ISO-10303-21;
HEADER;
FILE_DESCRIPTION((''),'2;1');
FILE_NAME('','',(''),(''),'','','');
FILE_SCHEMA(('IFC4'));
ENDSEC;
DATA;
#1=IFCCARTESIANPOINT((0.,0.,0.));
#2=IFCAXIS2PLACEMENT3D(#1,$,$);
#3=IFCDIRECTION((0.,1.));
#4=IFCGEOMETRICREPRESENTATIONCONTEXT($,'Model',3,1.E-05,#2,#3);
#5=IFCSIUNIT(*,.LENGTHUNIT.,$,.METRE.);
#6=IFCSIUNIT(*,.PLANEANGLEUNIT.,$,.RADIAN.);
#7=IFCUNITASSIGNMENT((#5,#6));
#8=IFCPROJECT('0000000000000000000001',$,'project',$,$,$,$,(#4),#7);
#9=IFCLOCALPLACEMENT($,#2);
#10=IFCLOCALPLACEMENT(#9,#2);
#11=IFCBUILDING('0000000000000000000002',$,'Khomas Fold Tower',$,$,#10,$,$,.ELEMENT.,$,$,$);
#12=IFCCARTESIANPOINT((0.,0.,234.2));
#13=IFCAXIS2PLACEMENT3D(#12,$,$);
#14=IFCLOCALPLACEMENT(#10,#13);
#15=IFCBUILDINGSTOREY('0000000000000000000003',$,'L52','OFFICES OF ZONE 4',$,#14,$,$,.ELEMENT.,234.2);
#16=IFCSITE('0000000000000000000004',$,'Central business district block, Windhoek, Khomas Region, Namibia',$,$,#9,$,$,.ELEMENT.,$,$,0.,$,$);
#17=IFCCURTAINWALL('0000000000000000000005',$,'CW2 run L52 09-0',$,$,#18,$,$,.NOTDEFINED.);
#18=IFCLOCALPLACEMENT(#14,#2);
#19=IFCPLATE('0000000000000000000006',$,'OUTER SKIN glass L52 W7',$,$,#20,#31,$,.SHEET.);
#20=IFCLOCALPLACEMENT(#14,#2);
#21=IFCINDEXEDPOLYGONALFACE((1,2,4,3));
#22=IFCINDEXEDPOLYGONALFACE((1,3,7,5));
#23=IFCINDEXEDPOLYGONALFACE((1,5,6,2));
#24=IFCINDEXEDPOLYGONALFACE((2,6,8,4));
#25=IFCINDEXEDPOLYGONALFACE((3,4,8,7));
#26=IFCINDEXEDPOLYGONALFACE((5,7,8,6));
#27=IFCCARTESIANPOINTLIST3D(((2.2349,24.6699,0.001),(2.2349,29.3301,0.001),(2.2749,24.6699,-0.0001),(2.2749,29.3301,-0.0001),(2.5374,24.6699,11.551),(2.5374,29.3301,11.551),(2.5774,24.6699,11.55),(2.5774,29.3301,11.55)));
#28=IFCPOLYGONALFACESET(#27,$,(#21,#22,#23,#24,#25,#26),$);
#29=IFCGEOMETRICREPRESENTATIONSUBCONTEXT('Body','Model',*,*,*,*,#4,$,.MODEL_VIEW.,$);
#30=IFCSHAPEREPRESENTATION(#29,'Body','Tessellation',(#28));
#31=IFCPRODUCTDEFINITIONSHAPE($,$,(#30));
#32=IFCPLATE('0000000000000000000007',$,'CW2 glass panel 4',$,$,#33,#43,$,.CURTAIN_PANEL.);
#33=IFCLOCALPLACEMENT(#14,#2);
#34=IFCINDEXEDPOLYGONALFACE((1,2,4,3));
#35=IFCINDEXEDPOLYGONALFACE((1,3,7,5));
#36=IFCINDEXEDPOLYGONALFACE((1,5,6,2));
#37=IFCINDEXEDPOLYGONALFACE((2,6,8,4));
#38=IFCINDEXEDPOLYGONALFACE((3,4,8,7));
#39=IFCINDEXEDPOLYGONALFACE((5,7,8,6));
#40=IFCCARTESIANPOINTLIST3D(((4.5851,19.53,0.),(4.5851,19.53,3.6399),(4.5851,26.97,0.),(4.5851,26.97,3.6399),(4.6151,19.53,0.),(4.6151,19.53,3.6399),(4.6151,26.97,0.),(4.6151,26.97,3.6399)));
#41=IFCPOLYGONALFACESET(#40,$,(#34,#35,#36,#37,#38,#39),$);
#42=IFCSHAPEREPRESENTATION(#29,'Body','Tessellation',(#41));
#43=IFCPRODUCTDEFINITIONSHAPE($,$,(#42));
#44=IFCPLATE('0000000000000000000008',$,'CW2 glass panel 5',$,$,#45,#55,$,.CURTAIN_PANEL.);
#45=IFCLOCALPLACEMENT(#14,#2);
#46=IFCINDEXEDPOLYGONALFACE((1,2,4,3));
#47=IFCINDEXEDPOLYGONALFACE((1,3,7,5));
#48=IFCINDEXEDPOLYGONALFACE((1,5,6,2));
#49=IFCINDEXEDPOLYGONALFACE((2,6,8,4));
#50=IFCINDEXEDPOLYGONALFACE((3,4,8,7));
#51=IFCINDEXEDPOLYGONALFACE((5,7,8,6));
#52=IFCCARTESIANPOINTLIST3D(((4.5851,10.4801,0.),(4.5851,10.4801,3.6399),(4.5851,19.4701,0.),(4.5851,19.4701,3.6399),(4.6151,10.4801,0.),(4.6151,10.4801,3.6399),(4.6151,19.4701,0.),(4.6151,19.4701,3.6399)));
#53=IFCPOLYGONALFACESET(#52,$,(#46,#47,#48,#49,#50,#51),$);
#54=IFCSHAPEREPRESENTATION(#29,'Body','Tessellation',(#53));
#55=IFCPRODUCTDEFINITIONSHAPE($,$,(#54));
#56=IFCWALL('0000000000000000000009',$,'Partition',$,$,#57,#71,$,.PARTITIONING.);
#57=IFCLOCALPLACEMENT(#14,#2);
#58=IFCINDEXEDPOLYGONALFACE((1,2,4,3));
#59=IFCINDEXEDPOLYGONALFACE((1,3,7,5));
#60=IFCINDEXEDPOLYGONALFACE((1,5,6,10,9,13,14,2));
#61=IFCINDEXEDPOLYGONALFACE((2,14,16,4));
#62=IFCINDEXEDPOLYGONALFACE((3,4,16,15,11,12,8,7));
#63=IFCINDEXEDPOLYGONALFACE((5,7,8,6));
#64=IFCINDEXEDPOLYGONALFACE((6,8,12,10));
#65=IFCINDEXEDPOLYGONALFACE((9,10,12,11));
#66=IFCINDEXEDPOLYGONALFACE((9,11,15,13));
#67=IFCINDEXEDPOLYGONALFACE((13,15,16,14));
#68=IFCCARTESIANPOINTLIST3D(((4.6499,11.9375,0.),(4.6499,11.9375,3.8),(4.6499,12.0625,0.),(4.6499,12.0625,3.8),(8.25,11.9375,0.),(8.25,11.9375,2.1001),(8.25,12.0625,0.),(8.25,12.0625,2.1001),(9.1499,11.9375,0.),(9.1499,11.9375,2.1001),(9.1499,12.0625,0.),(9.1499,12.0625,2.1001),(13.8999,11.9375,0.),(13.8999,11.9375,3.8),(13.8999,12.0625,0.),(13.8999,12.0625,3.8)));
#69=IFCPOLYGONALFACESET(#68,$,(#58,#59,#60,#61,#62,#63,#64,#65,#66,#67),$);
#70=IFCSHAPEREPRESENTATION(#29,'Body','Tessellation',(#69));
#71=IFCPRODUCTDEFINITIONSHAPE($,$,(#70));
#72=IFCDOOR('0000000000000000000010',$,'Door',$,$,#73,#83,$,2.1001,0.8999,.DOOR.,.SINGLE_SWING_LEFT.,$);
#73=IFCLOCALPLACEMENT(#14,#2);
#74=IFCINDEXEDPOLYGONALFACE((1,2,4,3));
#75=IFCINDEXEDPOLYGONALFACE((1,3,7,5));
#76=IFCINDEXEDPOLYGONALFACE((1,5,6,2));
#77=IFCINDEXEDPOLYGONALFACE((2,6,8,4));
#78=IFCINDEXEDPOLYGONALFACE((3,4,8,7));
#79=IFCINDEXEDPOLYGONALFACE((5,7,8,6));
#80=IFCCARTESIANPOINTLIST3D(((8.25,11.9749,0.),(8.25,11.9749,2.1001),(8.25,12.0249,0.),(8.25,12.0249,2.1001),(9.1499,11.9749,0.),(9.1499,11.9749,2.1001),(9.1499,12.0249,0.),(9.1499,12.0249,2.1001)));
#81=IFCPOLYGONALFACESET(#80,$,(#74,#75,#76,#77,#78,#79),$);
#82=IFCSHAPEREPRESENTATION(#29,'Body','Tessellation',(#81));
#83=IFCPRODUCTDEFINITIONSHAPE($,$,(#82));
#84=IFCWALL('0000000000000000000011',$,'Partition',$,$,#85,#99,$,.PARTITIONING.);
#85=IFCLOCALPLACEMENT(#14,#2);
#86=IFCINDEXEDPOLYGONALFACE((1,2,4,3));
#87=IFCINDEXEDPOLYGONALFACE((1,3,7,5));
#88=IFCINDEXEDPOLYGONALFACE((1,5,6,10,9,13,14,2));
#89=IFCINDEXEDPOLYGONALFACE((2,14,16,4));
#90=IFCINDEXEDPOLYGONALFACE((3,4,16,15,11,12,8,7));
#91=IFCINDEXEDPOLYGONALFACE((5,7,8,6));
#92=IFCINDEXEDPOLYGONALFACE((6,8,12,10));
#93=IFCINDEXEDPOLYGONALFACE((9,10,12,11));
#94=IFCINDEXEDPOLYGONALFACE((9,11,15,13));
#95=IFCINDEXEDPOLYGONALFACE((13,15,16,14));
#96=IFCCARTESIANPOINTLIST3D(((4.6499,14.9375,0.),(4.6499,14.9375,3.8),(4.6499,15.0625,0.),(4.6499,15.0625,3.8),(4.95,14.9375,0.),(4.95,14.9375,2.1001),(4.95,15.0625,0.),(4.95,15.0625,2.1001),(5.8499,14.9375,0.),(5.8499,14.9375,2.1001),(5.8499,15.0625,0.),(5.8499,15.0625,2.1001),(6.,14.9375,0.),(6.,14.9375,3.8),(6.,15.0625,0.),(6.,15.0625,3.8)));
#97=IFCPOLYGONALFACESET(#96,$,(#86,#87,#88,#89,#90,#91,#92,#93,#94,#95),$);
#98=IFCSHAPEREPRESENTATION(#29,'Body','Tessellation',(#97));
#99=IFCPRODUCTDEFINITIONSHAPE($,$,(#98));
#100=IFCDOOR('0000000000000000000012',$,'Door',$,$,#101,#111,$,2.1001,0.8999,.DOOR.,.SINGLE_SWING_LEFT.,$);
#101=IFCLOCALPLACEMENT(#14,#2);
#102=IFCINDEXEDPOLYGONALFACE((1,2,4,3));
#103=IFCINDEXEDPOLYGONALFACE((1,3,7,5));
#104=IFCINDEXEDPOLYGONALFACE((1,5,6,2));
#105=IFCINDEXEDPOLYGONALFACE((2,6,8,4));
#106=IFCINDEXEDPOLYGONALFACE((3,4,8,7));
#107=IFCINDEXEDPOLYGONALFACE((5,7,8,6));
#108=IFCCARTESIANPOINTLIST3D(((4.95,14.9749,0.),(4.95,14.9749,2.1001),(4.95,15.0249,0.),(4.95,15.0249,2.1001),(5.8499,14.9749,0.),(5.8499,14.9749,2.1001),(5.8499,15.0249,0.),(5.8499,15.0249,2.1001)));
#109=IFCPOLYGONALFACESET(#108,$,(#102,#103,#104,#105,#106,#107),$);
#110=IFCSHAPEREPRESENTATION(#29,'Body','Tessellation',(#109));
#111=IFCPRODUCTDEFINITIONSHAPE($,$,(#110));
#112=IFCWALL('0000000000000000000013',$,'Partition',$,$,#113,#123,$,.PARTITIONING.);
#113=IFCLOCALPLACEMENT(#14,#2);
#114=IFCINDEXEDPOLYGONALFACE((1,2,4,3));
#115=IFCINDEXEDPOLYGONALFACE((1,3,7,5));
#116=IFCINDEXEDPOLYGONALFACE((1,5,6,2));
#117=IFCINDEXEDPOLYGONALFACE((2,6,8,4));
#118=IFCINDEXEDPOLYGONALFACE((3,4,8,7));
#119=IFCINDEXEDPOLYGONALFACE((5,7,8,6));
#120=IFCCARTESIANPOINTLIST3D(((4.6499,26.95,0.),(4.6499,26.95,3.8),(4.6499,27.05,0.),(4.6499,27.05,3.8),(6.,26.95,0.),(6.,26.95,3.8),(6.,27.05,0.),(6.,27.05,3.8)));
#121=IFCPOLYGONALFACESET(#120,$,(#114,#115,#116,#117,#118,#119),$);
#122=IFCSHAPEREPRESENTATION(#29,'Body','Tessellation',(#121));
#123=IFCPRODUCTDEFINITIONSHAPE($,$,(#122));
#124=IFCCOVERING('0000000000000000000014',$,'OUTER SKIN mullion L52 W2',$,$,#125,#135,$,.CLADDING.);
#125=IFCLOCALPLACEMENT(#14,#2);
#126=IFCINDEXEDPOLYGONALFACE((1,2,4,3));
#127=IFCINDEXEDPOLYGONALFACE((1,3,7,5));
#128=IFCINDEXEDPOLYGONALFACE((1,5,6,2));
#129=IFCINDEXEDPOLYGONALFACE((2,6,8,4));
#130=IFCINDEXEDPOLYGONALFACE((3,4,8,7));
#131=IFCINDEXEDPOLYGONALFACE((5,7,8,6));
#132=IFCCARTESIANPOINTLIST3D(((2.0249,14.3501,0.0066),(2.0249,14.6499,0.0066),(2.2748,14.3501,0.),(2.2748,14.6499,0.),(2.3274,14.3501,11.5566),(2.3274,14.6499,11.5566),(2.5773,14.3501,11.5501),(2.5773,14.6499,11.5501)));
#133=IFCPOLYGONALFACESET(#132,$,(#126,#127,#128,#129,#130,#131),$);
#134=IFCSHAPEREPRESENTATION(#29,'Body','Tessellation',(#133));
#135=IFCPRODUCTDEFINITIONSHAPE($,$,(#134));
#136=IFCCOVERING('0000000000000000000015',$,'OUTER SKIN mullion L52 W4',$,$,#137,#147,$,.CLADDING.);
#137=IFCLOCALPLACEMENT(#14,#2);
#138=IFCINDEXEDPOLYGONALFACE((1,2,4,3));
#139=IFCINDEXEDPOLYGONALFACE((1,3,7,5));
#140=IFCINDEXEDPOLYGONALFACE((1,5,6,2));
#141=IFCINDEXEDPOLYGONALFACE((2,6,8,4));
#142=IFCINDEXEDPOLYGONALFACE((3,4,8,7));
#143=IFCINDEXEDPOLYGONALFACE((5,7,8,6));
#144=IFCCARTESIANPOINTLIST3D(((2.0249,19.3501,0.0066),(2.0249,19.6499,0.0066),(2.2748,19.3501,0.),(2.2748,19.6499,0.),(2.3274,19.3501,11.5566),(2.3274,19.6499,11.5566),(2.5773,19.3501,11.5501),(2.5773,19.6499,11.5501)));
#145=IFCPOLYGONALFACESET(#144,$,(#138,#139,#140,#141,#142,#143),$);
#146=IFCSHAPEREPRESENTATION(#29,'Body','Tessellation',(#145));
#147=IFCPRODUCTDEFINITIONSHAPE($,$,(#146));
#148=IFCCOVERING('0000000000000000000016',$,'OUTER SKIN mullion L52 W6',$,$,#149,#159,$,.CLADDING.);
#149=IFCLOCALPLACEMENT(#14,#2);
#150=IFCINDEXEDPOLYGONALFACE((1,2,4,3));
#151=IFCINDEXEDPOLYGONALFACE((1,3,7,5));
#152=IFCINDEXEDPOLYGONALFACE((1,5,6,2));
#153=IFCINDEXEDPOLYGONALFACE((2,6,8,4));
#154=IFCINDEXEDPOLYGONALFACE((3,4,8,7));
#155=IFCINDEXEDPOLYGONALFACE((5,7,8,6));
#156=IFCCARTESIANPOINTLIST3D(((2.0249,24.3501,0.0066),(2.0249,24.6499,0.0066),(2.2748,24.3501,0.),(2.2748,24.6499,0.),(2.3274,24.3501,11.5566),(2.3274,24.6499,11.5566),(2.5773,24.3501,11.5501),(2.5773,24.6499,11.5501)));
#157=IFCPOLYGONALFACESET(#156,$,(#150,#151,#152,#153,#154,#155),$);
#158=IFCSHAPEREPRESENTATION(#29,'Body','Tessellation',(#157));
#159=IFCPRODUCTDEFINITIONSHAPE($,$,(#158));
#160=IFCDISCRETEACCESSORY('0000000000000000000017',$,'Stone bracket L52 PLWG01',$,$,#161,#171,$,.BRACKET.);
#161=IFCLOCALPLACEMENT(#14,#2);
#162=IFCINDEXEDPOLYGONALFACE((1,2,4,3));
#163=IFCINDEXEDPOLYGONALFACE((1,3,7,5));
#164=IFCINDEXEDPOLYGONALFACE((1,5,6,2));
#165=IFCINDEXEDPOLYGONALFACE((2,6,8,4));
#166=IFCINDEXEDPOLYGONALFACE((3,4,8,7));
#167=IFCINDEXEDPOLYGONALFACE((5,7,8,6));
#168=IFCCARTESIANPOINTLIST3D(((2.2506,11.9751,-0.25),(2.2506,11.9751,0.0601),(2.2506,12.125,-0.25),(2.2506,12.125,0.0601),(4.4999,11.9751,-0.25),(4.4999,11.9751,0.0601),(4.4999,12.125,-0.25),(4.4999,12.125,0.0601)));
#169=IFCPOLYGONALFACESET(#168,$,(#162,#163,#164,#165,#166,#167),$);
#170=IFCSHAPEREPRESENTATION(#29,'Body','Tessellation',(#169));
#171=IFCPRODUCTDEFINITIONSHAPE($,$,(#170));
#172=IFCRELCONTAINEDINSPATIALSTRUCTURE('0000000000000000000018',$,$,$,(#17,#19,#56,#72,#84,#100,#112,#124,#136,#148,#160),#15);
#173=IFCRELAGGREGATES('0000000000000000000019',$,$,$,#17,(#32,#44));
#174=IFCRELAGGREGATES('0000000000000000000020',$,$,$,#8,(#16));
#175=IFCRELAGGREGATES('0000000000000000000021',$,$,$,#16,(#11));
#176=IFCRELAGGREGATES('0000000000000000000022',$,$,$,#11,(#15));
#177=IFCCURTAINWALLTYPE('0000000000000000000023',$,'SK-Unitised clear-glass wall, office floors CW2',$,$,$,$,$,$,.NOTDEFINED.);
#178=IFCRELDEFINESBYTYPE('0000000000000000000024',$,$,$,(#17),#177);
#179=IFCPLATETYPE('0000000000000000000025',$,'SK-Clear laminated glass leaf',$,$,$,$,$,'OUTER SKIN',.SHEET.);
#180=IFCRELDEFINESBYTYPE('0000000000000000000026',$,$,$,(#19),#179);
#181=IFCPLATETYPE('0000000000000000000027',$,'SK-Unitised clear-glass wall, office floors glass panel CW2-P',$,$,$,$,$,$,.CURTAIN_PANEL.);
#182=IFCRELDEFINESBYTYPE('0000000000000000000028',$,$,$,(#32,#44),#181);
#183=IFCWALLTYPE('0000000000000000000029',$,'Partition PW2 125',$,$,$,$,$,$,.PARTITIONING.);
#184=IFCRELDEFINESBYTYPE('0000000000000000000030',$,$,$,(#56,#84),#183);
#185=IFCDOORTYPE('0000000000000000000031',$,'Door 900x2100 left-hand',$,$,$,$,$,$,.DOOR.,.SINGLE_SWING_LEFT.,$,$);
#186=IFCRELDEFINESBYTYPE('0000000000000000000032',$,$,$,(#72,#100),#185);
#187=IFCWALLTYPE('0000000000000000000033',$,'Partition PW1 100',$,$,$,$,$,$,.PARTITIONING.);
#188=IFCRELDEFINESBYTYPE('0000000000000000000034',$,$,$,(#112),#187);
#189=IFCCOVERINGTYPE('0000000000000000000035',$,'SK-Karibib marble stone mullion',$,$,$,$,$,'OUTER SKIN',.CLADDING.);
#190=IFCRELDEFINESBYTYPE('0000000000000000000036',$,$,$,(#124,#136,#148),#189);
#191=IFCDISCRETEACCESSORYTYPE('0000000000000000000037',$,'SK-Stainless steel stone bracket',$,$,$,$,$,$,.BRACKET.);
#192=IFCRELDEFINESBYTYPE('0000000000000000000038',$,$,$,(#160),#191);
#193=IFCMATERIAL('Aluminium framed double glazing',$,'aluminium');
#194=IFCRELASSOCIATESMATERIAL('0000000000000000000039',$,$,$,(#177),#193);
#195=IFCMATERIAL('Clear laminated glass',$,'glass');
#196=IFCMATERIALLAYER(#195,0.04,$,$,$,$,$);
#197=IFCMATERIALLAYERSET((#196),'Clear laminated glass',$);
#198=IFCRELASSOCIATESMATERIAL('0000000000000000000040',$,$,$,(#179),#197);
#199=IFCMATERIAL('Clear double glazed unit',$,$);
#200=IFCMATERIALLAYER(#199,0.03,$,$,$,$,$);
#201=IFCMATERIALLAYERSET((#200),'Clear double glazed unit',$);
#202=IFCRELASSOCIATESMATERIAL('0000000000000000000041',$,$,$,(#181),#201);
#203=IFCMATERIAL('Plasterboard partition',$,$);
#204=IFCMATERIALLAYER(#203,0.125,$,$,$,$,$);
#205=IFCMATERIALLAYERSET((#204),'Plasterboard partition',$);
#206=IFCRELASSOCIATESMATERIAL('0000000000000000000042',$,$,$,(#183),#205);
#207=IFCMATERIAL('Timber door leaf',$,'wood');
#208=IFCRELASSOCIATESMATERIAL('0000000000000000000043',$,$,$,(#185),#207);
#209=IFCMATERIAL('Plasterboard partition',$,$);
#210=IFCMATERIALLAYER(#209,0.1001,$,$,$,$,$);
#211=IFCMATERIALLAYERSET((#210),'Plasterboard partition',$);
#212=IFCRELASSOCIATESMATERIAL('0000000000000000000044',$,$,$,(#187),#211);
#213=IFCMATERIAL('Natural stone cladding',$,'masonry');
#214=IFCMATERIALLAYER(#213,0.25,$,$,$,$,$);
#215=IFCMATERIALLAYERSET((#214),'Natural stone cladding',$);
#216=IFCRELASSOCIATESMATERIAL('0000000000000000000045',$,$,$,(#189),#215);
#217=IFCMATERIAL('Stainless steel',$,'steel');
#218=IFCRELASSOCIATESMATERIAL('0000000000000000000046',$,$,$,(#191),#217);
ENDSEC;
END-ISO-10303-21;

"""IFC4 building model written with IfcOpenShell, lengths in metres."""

from ifc_helpers import new_model, si_unit, direction, frame, frame_2d, origin, origin_2d, place, context, subcontext, project, spatial, polyline, rectangle, outline, extrude, source, transform, mapped, material, layer, layer_set, type_object, element, fill, aggregate, save


model = new_model("IFC4")

# Units and contexts
model_context = context("Model", 3, precision=1e-05, world=origin(), true_north=direction((0.0, 1.0)))
body_context = subcontext(model_context, "Body", "Model", "MODEL_VIEW")
ifc_project = project(units=[si_unit("LENGTHUNIT", "METRE"), si_unit("PLANEANGLEUNIT", "RADIAN")], contexts=[model_context])

# Site, building, storey
site_placement = place(None, origin())
site = spatial("IfcSite", under=ifc_project, at=site_placement, Name="Central business district block, Windhoek, Khomas Region, Namibia", CompositionType="ELEMENT", RefElevation=0.0)
building_placement = place(site_placement, origin())
building = spatial("IfcBuilding", under=site, at=building_placement, Name="Khomas Fold Tower", CompositionType="ELEMENT")
storey_placement = place(building_placement, frame((0.0, 0.0, 234.2)))
storey = spatial("IfcBuildingStorey", under=building, at=storey_placement, Name="L52", Description="OFFICES OF ZONE 4", CompositionType="ELEMENT", Elevation=234.2)

# Curtain wall
ifc_material_1 = material(Name="Aluminium framed double glazing", Category="aluminium")
curtain_wall_type = type_object("IfcCurtainWallType", Name="SK-Unitised clear-glass wall, office floors CW2", PredefinedType="NOTDEFINED", material=ifc_material_1)
curtain_wall_placement = place(storey_placement, origin())
curtain_wall = element("IfcCurtainWall", 1, at=curtain_wall_placement, inside=storey, type_object=curtain_wall_type, Name="CW2 run L52 09-0", PredefinedType="NOTDEFINED")

# Plate
ifc_material_2 = material(Name="Clear laminated glass", Category="glass")
ifc_layer_1 = layer(ifc_material_2, 0.04)
ifc_layer_set_1 = layer_set([ifc_layer_1], Name="Clear laminated glass")
plate_type_1 = type_object("IfcPlateType", Name="SK-Clear laminated glass leaf", ElementType="OUTER SKIN", PredefinedType="SHEET", material=ifc_layer_set_1)
for number, where, z_axis, x_axis, name in (
    (2, (2.2349, 24.6699, 0.001), (-0.999657, 0.0, 0.026181), (0.0, 1.0, 0.0), "OUTER SKIN glass L52 W7"),
):
    element("IfcPlate", number, at=place(storey_placement, frame(where, z_axis=z_axis, x_axis=x_axis)), inside=storey, type_object=plate_type_1, Name=name, PredefinedType="SHEET", context=body_context, shape_type="SweptSolid", body=[
        extrude(outline(polyline([(0.0, 0.0), (4.6602, 0.0), (4.6602, -11.554), (0.0, -11.554), (0.0, 0.0)])), origin(), (0.0, 0.0, -1.0), 0.04),
    ])

# Plates
ifc_material_3 = material(Name="Clear double glazed unit")
ifc_layer_2 = layer(ifc_material_3, 0.03)
ifc_layer_set_2 = layer_set([ifc_layer_2], Name="Clear double glazed unit")
plate_type_2 = type_object("IfcPlateType", Name="SK-Unitised clear-glass wall, office floors glass panel CW2-P", PredefinedType="CURTAIN_PANEL", material=ifc_layer_set_2)
shared_shape_1 = source(origin(), body_context, "Body", "SweptSolid", [
    extrude(rectangle(XDim=7.4399, YDim=0.03, at=origin_2d()), origin(), (0.0, 0.0, 1.0), 3.6399),
])
plate_1_placement = place(storey_placement, frame((4.6001, 23.25, 0.0), z_axis=(0.0, 0.0, 1.0), x_axis=(0.0, -1.0, 0.0)))
plate_1 = element("IfcPlate", 3, at=plate_1_placement, type_object=plate_type_2, Name="CW2 glass panel 4", PredefinedType="CURTAIN_PANEL", context=body_context, shape_type="MappedRepresentation", body=[
    mapped(shared_shape_1, transform((0.0, 0.0, 0.0))),
])
shared_shape_2 = source(origin(), body_context, "Body", "SweptSolid", [
    extrude(rectangle(XDim=8.99, YDim=0.03, at=origin_2d()), origin(), (0.0, 0.0, 1.0), 3.6399),
])
plate_2_placement = place(storey_placement, frame((4.6001, 14.9751, 0.0), z_axis=(0.0, 0.0, 1.0), x_axis=(0.0, -1.0, 0.0)))
plate_2 = element("IfcPlate", 4, at=plate_2_placement, type_object=plate_type_2, Name="CW2 glass panel 5", PredefinedType="CURTAIN_PANEL", context=body_context, shape_type="MappedRepresentation", body=[
    mapped(shared_shape_2, transform((0.0, 0.0, 0.0))),
])
aggregate(curtain_wall, [plate_1, plate_2])

# Walls, openings, doors
ifc_material_4 = material(Name="Plasterboard partition")
ifc_layer_3 = layer(ifc_material_4, 0.125)
ifc_layer_set_3 = layer_set([ifc_layer_3], Name="Plasterboard partition")
wall_type_1 = type_object("IfcWallType", Name="Partition PW2 125", PredefinedType="PARTITIONING", material=ifc_layer_set_3)
shared_shape_3 = source(origin(), body_context, "Body", "SweptSolid", [
    extrude(rectangle(XDim=9.25, YDim=0.125, at=frame_2d((4.625, 0.0))), origin(), (0.0, 0.0, 1.0), 3.8),
])
wall_1_placement = place(storey_placement, frame((4.6499, 12.0, 0.0), z_axis=(0.0, 0.0, 1.0), x_axis=(1.0, 0.0, 0.0)))
wall_1 = element("IfcWall", 5, at=wall_1_placement, inside=storey, type_object=wall_type_1, Name="Partition", PredefinedType="PARTITIONING", context=body_context, shape_type="MappedRepresentation", body=[
    mapped(shared_shape_3, transform((0.0, 0.0, 0.0))),
])
shared_shape_4 = source(origin(), body_context, "Body", "SweptSolid", [
    extrude(rectangle(XDim=0.8999, YDim=2.1001, at=frame_2d((0.45, 1.05))), frame((0.0, 0.0725, 0.0), z_axis=(0.0, -1.0, 0.0), x_axis=(1.0, 0.0, 0.0)), (0.0, 0.0, 1.0), 0.145),
])
opening_1_placement = place(wall_1_placement, frame((3.6001, 0.0, 0.0)))
opening_1 = element("IfcOpeningElement", 6, at=opening_1_placement, cuts=wall_1, PredefinedType="OPENING", context=body_context, shape_type="MappedRepresentation", body=[
    mapped(shared_shape_4, transform((0.0, 0.0, 0.0))),
])
ifc_material_5 = material(Name="Timber door leaf", Category="wood")
door_type = type_object("IfcDoorType", Name="Door 900x2100 left-hand", OperationType="SINGLE_SWING_LEFT", PredefinedType="DOOR", material=ifc_material_5)
shared_shape_5 = source(origin(), body_context, "Body", "SweptSolid", [
    extrude(rectangle(XDim=0.8999, YDim=2.1001, at=frame_2d((0.45, 1.05))), frame((0.0, 0.0249, 0.0), z_axis=(0.0, -1.0, 0.0), x_axis=(1.0, 0.0, 0.0)), (0.0, 0.0, 1.0), 0.05),
])
door_1_placement = place(opening_1_placement, origin())
door_1 = element("IfcDoor", 7, at=door_1_placement, inside=storey, type_object=door_type, Name="Door", OperationType="SINGLE_SWING_LEFT", OverallHeight=2.1001, OverallWidth=0.8999, PredefinedType="DOOR", context=body_context, shape_type="MappedRepresentation", body=[
    mapped(shared_shape_5, transform((0.0, 0.0, 0.0))),
])
fill(opening_1, door_1)
shared_shape_6 = source(origin(), body_context, "Body", "SweptSolid", [
    extrude(rectangle(XDim=1.3501, YDim=0.125, at=frame_2d((0.675, 0.0))), origin(), (0.0, 0.0, 1.0), 3.8),
])
wall_2_placement = place(storey_placement, frame((4.6499, 15.0, 0.0), z_axis=(0.0, 0.0, 1.0), x_axis=(1.0, 0.0, 0.0)))
wall_2 = element("IfcWall", 8, at=wall_2_placement, inside=storey, type_object=wall_type_1, Name="Partition", PredefinedType="PARTITIONING", context=body_context, shape_type="MappedRepresentation", body=[
    mapped(shared_shape_6, transform((0.0, 0.0, 0.0))),
])
opening_2_placement = place(wall_2_placement, frame((0.3, 0.0, 0.0)))
opening_2 = element("IfcOpeningElement", 9, at=opening_2_placement, cuts=wall_2, PredefinedType="OPENING", context=body_context, shape_type="MappedRepresentation", body=[
    mapped(shared_shape_4, transform((0.0, 0.0, 0.0))),
])
door_2_placement = place(opening_2_placement, origin())
door_2 = element("IfcDoor", 10, at=door_2_placement, inside=storey, type_object=door_type, Name="Door", OperationType="SINGLE_SWING_LEFT", OverallHeight=2.1001, OverallWidth=0.8999, PredefinedType="DOOR", context=body_context, shape_type="MappedRepresentation", body=[
    mapped(shared_shape_5, transform((0.0, 0.0, 0.0))),
])
fill(opening_2, door_2)

# Wall
ifc_material_6 = material(Name="Plasterboard partition")
ifc_layer_4 = layer(ifc_material_6, 0.1001)
ifc_layer_set_4 = layer_set([ifc_layer_4], Name="Plasterboard partition")
wall_type_2 = type_object("IfcWallType", Name="Partition PW1 100", PredefinedType="PARTITIONING", material=ifc_layer_set_4)
shared_shape_7 = source(origin(), body_context, "Body", "SweptSolid", [
    extrude(rectangle(XDim=1.3501, YDim=0.1001, at=frame_2d((0.675, 0.0))), origin(), (0.0, 0.0, 1.0), 3.8),
])
wall_3_placement = place(storey_placement, frame((4.6499, 27.0, 0.0), z_axis=(0.0, 0.0, 1.0), x_axis=(1.0, 0.0, 0.0)))
element("IfcWall", 11, at=wall_3_placement, inside=storey, type_object=wall_type_2, Name="Partition", PredefinedType="PARTITIONING", context=body_context, shape_type="MappedRepresentation", body=[
    mapped(shared_shape_7, transform((0.0, 0.0, 0.0))),
])

# Coverings
ifc_material_7 = material(Name="Natural stone cladding", Category="masonry")
ifc_layer_5 = layer(ifc_material_7, 0.25)
ifc_layer_set_5 = layer_set([ifc_layer_5], Name="Natural stone cladding")
covering_type = type_object("IfcCoveringType", Name="SK-Karibib marble stone mullion", ElementType="OUTER SKIN", PredefinedType="CLADDING", material=ifc_layer_set_5)
for number, where, z_axis, x_axis, name in (
    (12, (2.0249, 14.3501, 0.0066), (-0.999657, 0.0, 0.026181), (0.0, 1.0, 0.0), "OUTER SKIN mullion L52 W2"),
    (13, (2.0249, 19.3501, 0.0066), (-0.999657, 0.0, 0.026181), (0.0, 1.0, 0.0), "OUTER SKIN mullion L52 W4"),
    (14, (2.0249, 24.3501, 0.0066), (-0.999657, 0.0, 0.026181), (0.0, 1.0, 0.0), "OUTER SKIN mullion L52 W6"),
):
    element("IfcCovering", number, at=place(storey_placement, frame(where, z_axis=z_axis, x_axis=x_axis)), inside=storey, type_object=covering_type, Name=name, PredefinedType="CLADDING", context=body_context, shape_type="SweptSolid", body=[
        extrude(outline(polyline([(0.0, 0.0), (0.2998, 0.0), (0.2998, -11.554), (0.0, -11.554), (0.0, 0.0)])), origin(), (0.0, 0.0, -1.0), 0.25),
    ])

# Discrete accessory
ifc_material_8 = material(Name="Stainless steel", Category="steel")
discrete_accessory_type = type_object("IfcDiscreteAccessoryType", Name="SK-Stainless steel stone bracket", PredefinedType="BRACKET", material=ifc_material_8)
shared_shape_8 = source(origin(), body_context, "Body", "SweptSolid", [
    extrude(rectangle(XDim=2.2493, YDim=0.1499, at=origin_2d()), origin(), (0.0, 0.0, 1.0), 0.3101),
])
for number, where, z_axis, x_axis, name in (
    (15, (3.3752, 12.05, -0.25), (0.0, 0.0, 1.0), (-1.0, 0.0, 0.0), "Stone bracket L52 PLWG01"),
):
    element("IfcDiscreteAccessory", number, at=place(storey_placement, frame(where, z_axis=z_axis, x_axis=x_axis)), inside=storey, type_object=discrete_accessory_type, Name=name, PredefinedType="BRACKET", context=body_context, shape_type="MappedRepresentation", body=[
        mapped(shared_shape_8, transform((0.0, 0.0, 0.0))),
    ])

save(model, "model.ifc")
